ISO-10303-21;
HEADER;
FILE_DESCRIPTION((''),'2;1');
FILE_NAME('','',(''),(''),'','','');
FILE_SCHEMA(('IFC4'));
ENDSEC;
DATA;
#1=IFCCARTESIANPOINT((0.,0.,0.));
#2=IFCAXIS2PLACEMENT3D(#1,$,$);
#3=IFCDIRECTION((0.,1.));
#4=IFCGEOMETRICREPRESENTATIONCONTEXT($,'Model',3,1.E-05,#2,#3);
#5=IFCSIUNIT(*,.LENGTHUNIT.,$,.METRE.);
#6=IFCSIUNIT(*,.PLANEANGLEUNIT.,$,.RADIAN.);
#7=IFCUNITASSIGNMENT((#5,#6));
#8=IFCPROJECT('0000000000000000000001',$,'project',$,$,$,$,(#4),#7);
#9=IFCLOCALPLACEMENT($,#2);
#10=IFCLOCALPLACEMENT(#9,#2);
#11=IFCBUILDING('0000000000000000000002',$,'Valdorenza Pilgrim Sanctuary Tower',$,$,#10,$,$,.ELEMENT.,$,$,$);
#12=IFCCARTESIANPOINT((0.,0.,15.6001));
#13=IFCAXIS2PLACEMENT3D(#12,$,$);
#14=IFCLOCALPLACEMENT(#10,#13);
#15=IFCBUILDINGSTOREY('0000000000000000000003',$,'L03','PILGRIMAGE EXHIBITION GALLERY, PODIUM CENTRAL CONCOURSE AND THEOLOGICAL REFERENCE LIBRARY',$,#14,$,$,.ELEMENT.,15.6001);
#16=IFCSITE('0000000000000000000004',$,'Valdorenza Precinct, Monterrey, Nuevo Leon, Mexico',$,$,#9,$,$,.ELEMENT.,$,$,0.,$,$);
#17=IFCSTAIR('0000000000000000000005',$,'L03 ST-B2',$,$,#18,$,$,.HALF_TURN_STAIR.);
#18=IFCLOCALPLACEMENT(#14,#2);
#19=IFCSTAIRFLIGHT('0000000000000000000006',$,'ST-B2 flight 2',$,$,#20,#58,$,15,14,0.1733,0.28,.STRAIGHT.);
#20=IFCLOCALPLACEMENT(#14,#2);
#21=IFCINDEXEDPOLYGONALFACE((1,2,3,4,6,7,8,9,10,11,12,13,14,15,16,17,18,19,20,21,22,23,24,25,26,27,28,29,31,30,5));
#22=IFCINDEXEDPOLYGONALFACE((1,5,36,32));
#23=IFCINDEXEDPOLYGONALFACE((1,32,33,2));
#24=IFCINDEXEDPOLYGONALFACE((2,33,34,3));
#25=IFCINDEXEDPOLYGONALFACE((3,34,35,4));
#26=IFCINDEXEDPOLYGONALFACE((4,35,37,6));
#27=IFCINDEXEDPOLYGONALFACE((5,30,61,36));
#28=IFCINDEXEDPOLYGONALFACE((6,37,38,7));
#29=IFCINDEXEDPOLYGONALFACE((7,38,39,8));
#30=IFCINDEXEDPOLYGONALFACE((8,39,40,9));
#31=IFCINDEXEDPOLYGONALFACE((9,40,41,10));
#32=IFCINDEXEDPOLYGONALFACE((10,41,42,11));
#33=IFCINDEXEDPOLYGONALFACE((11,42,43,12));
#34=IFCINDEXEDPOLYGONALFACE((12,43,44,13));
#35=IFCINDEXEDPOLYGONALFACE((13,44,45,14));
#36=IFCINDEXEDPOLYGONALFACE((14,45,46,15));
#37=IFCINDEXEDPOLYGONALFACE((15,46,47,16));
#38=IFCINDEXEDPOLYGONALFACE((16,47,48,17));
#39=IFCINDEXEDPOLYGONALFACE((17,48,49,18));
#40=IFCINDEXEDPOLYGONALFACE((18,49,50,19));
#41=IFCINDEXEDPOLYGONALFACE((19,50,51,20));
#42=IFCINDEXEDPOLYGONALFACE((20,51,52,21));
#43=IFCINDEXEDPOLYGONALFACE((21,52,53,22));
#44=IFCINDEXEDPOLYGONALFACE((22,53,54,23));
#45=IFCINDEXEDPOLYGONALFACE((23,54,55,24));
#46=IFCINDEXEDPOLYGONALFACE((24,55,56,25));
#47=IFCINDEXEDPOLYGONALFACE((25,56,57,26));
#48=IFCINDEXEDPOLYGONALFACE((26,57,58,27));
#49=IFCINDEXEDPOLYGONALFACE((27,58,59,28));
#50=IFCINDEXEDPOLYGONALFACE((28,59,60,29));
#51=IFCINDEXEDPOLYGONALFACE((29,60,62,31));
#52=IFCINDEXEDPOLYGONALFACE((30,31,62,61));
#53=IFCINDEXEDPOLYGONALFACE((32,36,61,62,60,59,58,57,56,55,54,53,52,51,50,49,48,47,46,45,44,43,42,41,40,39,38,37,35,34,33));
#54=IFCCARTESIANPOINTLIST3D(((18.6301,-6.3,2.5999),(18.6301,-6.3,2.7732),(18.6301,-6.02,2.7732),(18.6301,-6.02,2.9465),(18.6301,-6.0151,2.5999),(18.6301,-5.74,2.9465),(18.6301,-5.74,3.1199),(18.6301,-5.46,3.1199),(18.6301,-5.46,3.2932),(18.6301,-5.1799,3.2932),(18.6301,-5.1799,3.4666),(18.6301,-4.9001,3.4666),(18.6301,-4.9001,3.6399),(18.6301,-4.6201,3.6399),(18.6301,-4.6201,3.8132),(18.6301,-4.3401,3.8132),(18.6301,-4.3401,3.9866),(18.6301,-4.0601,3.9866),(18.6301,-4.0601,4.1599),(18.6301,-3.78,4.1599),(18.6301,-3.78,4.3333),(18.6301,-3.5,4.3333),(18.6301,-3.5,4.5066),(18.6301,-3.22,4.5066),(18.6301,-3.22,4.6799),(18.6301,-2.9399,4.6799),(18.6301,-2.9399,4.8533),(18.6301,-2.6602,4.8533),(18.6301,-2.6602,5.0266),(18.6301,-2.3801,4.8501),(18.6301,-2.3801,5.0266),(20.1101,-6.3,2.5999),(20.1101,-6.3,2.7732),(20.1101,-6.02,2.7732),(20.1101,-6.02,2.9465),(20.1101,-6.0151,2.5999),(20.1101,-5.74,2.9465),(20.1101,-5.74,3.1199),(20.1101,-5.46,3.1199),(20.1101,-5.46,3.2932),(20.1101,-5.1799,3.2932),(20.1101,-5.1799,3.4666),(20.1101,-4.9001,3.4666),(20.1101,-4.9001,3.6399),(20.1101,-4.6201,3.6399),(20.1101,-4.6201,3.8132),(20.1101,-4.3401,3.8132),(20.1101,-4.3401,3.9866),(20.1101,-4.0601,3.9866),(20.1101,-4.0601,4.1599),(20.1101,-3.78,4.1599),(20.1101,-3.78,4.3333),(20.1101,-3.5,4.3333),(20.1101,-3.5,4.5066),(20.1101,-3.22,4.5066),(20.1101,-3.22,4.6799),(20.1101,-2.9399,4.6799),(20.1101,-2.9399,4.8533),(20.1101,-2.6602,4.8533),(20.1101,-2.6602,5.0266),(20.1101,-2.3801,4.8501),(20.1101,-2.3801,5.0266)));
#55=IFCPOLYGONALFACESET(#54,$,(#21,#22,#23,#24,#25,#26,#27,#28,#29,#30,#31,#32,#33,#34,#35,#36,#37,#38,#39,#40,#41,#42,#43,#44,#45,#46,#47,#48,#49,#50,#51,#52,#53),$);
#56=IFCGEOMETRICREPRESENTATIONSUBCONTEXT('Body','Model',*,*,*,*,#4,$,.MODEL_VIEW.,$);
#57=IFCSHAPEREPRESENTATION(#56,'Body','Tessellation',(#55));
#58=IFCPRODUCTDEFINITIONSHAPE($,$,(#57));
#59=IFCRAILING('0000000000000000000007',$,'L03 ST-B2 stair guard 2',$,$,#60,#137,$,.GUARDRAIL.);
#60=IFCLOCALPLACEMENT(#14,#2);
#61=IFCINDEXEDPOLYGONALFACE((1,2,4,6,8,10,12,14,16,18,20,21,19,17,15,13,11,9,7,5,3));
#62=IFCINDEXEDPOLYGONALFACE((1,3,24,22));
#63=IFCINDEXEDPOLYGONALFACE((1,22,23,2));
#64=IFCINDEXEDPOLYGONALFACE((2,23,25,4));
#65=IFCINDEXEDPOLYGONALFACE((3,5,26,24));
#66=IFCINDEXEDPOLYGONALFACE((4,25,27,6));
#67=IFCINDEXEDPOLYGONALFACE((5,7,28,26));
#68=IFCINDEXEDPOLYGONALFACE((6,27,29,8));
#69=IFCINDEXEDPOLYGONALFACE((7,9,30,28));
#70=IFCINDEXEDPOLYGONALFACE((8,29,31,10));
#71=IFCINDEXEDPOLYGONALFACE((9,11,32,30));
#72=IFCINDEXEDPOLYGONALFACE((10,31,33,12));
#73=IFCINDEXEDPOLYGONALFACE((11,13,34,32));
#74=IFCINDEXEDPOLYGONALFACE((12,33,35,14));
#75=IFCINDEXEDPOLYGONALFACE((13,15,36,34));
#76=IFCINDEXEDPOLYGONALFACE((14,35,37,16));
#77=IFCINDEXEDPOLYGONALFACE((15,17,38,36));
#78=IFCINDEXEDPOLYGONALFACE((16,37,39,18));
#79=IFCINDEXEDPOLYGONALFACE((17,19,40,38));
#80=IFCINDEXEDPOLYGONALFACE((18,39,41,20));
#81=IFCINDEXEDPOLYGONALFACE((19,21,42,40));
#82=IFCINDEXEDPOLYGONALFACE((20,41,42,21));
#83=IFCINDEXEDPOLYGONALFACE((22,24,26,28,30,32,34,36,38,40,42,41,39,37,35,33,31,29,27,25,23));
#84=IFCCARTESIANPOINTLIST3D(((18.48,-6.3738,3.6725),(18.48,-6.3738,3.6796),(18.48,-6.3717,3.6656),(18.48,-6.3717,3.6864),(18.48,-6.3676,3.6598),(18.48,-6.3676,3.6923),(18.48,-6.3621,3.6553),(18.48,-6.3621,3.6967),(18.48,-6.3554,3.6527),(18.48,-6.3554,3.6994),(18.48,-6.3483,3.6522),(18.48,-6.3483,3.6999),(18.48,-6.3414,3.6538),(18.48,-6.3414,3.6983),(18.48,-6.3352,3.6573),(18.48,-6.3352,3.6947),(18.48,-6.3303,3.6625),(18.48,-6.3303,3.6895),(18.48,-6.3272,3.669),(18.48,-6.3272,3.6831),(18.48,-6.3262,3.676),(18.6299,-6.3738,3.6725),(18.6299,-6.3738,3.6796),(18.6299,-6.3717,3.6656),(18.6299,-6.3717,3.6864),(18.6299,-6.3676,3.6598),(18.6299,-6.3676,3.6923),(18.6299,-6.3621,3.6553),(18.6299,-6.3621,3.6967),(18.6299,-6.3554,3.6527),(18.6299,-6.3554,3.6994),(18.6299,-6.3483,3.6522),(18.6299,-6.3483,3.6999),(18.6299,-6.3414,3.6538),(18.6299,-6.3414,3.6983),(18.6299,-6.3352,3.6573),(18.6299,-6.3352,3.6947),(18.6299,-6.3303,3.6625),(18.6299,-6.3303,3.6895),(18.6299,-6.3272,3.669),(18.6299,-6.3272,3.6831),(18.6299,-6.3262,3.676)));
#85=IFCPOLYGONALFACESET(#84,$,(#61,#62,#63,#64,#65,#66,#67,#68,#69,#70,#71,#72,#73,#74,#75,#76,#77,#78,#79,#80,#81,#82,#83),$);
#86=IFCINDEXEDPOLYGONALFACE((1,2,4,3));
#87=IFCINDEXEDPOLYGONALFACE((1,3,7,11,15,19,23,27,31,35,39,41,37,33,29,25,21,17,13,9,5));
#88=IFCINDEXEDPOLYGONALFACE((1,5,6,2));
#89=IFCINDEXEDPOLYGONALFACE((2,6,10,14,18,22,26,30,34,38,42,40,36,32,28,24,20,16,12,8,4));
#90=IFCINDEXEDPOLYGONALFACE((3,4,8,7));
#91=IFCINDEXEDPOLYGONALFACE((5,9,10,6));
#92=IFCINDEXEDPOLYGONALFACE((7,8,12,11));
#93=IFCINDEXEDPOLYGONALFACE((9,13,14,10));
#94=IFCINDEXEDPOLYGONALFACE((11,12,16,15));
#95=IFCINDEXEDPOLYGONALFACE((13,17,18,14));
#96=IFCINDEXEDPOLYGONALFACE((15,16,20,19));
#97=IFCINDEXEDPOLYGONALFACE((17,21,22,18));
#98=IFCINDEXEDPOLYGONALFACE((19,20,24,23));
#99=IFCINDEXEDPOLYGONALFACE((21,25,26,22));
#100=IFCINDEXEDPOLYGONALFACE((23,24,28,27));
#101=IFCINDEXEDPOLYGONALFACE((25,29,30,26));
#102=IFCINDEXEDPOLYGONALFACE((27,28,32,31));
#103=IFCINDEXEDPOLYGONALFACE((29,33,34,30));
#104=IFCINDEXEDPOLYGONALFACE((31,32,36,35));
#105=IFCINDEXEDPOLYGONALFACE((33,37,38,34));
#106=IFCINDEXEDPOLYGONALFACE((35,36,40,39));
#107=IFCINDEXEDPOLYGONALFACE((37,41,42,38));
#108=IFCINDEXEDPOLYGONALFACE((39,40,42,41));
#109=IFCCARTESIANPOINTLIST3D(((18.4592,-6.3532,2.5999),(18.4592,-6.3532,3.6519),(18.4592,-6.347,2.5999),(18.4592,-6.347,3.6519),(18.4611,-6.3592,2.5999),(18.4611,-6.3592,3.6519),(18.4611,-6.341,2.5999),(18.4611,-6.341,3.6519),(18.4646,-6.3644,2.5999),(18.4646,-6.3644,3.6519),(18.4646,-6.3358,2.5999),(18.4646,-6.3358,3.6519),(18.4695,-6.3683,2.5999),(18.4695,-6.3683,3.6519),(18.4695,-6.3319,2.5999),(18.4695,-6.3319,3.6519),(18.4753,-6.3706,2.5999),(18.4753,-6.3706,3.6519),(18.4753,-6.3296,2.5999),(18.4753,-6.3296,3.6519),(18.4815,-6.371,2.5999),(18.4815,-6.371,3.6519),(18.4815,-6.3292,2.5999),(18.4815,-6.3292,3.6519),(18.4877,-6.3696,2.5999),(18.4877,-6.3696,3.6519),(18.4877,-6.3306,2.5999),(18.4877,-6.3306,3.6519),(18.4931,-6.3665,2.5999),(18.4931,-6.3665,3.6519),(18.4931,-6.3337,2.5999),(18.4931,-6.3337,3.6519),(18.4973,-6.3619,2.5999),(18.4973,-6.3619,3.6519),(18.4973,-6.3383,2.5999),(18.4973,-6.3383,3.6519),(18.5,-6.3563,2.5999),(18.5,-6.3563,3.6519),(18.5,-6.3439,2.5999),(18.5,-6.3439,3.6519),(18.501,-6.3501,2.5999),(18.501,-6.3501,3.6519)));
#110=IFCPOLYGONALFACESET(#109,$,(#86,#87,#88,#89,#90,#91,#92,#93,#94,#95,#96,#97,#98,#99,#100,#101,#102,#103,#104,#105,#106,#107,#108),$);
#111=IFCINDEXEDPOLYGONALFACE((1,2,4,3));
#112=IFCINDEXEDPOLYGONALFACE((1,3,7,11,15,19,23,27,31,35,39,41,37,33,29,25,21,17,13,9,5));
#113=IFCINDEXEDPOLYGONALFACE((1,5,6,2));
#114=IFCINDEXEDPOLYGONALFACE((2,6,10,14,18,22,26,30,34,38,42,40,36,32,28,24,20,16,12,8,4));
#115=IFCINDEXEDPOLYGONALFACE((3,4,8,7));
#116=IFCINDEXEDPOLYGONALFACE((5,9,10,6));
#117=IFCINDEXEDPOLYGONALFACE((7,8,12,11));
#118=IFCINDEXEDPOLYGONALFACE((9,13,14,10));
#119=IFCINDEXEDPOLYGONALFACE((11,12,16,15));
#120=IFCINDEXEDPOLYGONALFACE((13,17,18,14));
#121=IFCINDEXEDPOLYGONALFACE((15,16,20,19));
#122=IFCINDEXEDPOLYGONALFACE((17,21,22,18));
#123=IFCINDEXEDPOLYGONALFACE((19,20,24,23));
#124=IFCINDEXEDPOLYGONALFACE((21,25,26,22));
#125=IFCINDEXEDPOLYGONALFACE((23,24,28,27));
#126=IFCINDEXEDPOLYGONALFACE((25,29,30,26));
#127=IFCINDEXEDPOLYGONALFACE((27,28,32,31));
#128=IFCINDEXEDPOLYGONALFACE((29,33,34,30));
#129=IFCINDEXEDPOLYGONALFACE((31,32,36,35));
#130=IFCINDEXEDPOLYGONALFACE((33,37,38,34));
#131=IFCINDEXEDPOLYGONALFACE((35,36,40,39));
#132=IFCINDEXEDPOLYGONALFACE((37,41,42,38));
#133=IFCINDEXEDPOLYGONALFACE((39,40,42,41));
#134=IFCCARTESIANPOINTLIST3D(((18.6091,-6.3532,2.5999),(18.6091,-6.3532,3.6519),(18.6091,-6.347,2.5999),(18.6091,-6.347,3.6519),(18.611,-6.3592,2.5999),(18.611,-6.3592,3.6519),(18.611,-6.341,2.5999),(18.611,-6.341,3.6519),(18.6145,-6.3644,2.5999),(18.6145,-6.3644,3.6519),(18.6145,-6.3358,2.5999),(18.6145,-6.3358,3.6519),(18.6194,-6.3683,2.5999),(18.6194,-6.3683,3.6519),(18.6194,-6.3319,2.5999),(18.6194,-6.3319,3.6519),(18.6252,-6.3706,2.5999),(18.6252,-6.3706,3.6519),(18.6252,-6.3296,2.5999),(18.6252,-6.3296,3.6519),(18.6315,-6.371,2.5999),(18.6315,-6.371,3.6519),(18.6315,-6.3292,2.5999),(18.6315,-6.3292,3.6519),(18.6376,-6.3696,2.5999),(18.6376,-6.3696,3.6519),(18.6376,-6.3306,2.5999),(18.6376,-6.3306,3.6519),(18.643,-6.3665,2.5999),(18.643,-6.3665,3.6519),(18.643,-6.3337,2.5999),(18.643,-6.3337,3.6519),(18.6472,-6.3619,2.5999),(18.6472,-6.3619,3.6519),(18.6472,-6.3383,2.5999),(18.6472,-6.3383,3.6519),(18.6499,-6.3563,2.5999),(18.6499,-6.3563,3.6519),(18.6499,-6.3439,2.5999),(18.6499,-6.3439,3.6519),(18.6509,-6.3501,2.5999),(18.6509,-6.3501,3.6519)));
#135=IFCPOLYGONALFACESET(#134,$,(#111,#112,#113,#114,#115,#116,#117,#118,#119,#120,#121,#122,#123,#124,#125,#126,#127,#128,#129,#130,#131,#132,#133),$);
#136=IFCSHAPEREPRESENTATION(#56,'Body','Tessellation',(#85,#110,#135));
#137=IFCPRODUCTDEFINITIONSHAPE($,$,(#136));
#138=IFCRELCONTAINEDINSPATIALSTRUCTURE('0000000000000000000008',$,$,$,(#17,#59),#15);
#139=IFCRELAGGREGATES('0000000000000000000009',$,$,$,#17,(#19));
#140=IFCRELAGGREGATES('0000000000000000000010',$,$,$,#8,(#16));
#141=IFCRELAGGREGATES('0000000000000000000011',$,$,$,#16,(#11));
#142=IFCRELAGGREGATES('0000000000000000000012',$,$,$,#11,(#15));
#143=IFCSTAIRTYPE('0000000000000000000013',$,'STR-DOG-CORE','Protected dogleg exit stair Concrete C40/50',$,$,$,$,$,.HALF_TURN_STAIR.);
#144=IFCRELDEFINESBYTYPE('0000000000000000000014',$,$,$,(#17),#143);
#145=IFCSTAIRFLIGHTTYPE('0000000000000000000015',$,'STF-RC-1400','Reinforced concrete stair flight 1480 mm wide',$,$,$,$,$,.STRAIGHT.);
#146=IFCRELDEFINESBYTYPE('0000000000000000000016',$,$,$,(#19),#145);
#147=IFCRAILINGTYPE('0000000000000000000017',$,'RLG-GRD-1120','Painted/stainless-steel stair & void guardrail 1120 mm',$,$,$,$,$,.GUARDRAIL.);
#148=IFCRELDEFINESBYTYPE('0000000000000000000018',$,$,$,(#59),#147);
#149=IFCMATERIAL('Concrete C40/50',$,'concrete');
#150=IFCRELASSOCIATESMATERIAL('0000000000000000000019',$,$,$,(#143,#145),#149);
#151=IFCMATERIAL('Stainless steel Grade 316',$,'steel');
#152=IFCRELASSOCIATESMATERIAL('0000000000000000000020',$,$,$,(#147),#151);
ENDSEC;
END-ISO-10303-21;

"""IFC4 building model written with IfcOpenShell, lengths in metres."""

from ifc_helpers import new_model, si_unit, direction, frame, origin, origin_2d, place, context, subcontext, project, spatial, polyline, circle, outline, extrude, material, type_object, element, aggregate, save


model = new_model("IFC4")

# Units and contexts
model_context = context("Model", 3, precision=1e-05, world=origin(), true_north=direction((0.0, 1.0)))
body_context = subcontext(model_context, "Body", "Model", "MODEL_VIEW")
ifc_project = project(units=[si_unit("LENGTHUNIT", "METRE"), si_unit("PLANEANGLEUNIT", "RADIAN")], contexts=[model_context])

# Site, building, storey
site_placement = place(None, origin())
site = spatial("IfcSite", under=ifc_project, at=site_placement, Name="Valdorenza Precinct, Monterrey, Nuevo Leon, Mexico", CompositionType="ELEMENT", RefElevation=0.0)
building_placement = place(site_placement, origin())
building = spatial("IfcBuilding", under=site, at=building_placement, Name="Valdorenza Pilgrim Sanctuary Tower", CompositionType="ELEMENT")
storey_placement = place(building_placement, frame((0.0, 0.0, 15.6001)))
storey = spatial("IfcBuildingStorey", under=building, at=storey_placement, Name="L03", Description="PILGRIMAGE EXHIBITION GALLERY, PODIUM CENTRAL CONCOURSE AND THEOLOGICAL REFERENCE LIBRARY", CompositionType="ELEMENT", Elevation=15.6001)

# Shared definitions
ifc_material_1 = material(Name="Concrete C40/50", Category="concrete")

# Stair, stair flight
stair_type = type_object("IfcStairType", Name="STR-DOG-CORE", Description="Protected dogleg exit stair Concrete C40/50", PredefinedType="HALF_TURN_STAIR", material=ifc_material_1)
stair_placement = place(storey_placement, origin())
stair = element("IfcStair", 1, at=stair_placement, inside=storey, type_object=stair_type, Name="L03 ST-B2", PredefinedType="HALF_TURN_STAIR")
stair_flight_type = type_object("IfcStairFlightType", Name="STF-RC-1400", Description="Reinforced concrete stair flight 1480 mm wide", PredefinedType="STRAIGHT", material=ifc_material_1)
stair_flight_placement = place(storey_placement, frame((19.3701, -6.3, 2.5999), z_axis=(0.0, 0.0, 1.0), x_axis=(0.0, 1.0, 0.0)))
stair_flight = element("IfcStairFlight", 2, at=stair_flight_placement, type_object=stair_flight_type, Name="ST-B2 flight 2", NumberOfRisers=15, NumberOfTreads=14, PredefinedType="STRAIGHT", RiserHeight=0.1733, TreadLength=0.28, context=body_context, shape_type="SweptSolid", body=[
    extrude(outline(polyline([(0.0, 0.0), (0.0, 0.1733), (0.28, 0.1733), (0.28, 0.3467), (0.5601, 0.3467), (0.5601, 0.52), (0.8401, 0.52), (0.8401, 0.6934), (1.1201, 0.6934), (1.1201, 0.8667), (1.3999, 0.8667), (1.3999, 1.04), (1.6799, 1.04), (1.6799, 1.2134), (1.96, 1.2134), (1.96, 1.3867), (2.24, 1.3867), (2.24, 1.5601), (2.52, 1.5601), (2.52, 1.7334), (2.8, 1.7334), (2.8, 1.9067), (3.0801, 1.9067), (3.0801, 2.0801), (3.3601, 2.0801), (3.3601, 2.2534), (3.6399, 2.2534), (3.6399, 2.4268), (3.9199, 2.4268), (3.9199, 2.6001), (3.9199, 2.2502), (0.2849, 0.0), (0.0, 0.0)])), frame((0.0, 0.74, 0.0), z_axis=(0.0, -1.0, 0.0), x_axis=(1.0, 0.0, 0.0)), (0.0, 0.0, 1.0), 1.48),
])
aggregate(stair, [stair_flight])

# Railing
ifc_material_2 = material(Name="Stainless steel Grade 316", Category="steel")
railing_type_1 = type_object("IfcRailingType", Name="RLG-GRD-1120", Description="Painted/stainless-steel stair & void guardrail 1120 mm", PredefinedType="GUARDRAIL", material=ifc_material_2)
railing_1_placement = place(storey_placement, frame((18.48, -6.3501, 2.5999)))
element("IfcRailing", 3, at=railing_1_placement, inside=storey, type_object=railing_type_1, Name="L03 ST-B2 stair guard 2", PredefinedType="GUARDRAIL", context=body_context, shape_type="SweptSolid", body=[
    extrude(circle(Radius=0.0239, at=origin_2d()), frame((0.0, 0.0, 1.0762), z_axis=(1.0, 0.0, 0.0), x_axis=(0.0, 1.0, 0.0)), (0.0, 0.0, 1.0), 0.1499),
    extrude(circle(Radius=0.021, at=origin_2d()), origin(), (0.0, 0.0, 1.0), 1.052),
    extrude(circle(Radius=0.021, at=origin_2d()), frame((0.1499, 0.0, 0.0)), (0.0, 0.0, 1.0), 1.052),
])

save(model, "model.ifc")
